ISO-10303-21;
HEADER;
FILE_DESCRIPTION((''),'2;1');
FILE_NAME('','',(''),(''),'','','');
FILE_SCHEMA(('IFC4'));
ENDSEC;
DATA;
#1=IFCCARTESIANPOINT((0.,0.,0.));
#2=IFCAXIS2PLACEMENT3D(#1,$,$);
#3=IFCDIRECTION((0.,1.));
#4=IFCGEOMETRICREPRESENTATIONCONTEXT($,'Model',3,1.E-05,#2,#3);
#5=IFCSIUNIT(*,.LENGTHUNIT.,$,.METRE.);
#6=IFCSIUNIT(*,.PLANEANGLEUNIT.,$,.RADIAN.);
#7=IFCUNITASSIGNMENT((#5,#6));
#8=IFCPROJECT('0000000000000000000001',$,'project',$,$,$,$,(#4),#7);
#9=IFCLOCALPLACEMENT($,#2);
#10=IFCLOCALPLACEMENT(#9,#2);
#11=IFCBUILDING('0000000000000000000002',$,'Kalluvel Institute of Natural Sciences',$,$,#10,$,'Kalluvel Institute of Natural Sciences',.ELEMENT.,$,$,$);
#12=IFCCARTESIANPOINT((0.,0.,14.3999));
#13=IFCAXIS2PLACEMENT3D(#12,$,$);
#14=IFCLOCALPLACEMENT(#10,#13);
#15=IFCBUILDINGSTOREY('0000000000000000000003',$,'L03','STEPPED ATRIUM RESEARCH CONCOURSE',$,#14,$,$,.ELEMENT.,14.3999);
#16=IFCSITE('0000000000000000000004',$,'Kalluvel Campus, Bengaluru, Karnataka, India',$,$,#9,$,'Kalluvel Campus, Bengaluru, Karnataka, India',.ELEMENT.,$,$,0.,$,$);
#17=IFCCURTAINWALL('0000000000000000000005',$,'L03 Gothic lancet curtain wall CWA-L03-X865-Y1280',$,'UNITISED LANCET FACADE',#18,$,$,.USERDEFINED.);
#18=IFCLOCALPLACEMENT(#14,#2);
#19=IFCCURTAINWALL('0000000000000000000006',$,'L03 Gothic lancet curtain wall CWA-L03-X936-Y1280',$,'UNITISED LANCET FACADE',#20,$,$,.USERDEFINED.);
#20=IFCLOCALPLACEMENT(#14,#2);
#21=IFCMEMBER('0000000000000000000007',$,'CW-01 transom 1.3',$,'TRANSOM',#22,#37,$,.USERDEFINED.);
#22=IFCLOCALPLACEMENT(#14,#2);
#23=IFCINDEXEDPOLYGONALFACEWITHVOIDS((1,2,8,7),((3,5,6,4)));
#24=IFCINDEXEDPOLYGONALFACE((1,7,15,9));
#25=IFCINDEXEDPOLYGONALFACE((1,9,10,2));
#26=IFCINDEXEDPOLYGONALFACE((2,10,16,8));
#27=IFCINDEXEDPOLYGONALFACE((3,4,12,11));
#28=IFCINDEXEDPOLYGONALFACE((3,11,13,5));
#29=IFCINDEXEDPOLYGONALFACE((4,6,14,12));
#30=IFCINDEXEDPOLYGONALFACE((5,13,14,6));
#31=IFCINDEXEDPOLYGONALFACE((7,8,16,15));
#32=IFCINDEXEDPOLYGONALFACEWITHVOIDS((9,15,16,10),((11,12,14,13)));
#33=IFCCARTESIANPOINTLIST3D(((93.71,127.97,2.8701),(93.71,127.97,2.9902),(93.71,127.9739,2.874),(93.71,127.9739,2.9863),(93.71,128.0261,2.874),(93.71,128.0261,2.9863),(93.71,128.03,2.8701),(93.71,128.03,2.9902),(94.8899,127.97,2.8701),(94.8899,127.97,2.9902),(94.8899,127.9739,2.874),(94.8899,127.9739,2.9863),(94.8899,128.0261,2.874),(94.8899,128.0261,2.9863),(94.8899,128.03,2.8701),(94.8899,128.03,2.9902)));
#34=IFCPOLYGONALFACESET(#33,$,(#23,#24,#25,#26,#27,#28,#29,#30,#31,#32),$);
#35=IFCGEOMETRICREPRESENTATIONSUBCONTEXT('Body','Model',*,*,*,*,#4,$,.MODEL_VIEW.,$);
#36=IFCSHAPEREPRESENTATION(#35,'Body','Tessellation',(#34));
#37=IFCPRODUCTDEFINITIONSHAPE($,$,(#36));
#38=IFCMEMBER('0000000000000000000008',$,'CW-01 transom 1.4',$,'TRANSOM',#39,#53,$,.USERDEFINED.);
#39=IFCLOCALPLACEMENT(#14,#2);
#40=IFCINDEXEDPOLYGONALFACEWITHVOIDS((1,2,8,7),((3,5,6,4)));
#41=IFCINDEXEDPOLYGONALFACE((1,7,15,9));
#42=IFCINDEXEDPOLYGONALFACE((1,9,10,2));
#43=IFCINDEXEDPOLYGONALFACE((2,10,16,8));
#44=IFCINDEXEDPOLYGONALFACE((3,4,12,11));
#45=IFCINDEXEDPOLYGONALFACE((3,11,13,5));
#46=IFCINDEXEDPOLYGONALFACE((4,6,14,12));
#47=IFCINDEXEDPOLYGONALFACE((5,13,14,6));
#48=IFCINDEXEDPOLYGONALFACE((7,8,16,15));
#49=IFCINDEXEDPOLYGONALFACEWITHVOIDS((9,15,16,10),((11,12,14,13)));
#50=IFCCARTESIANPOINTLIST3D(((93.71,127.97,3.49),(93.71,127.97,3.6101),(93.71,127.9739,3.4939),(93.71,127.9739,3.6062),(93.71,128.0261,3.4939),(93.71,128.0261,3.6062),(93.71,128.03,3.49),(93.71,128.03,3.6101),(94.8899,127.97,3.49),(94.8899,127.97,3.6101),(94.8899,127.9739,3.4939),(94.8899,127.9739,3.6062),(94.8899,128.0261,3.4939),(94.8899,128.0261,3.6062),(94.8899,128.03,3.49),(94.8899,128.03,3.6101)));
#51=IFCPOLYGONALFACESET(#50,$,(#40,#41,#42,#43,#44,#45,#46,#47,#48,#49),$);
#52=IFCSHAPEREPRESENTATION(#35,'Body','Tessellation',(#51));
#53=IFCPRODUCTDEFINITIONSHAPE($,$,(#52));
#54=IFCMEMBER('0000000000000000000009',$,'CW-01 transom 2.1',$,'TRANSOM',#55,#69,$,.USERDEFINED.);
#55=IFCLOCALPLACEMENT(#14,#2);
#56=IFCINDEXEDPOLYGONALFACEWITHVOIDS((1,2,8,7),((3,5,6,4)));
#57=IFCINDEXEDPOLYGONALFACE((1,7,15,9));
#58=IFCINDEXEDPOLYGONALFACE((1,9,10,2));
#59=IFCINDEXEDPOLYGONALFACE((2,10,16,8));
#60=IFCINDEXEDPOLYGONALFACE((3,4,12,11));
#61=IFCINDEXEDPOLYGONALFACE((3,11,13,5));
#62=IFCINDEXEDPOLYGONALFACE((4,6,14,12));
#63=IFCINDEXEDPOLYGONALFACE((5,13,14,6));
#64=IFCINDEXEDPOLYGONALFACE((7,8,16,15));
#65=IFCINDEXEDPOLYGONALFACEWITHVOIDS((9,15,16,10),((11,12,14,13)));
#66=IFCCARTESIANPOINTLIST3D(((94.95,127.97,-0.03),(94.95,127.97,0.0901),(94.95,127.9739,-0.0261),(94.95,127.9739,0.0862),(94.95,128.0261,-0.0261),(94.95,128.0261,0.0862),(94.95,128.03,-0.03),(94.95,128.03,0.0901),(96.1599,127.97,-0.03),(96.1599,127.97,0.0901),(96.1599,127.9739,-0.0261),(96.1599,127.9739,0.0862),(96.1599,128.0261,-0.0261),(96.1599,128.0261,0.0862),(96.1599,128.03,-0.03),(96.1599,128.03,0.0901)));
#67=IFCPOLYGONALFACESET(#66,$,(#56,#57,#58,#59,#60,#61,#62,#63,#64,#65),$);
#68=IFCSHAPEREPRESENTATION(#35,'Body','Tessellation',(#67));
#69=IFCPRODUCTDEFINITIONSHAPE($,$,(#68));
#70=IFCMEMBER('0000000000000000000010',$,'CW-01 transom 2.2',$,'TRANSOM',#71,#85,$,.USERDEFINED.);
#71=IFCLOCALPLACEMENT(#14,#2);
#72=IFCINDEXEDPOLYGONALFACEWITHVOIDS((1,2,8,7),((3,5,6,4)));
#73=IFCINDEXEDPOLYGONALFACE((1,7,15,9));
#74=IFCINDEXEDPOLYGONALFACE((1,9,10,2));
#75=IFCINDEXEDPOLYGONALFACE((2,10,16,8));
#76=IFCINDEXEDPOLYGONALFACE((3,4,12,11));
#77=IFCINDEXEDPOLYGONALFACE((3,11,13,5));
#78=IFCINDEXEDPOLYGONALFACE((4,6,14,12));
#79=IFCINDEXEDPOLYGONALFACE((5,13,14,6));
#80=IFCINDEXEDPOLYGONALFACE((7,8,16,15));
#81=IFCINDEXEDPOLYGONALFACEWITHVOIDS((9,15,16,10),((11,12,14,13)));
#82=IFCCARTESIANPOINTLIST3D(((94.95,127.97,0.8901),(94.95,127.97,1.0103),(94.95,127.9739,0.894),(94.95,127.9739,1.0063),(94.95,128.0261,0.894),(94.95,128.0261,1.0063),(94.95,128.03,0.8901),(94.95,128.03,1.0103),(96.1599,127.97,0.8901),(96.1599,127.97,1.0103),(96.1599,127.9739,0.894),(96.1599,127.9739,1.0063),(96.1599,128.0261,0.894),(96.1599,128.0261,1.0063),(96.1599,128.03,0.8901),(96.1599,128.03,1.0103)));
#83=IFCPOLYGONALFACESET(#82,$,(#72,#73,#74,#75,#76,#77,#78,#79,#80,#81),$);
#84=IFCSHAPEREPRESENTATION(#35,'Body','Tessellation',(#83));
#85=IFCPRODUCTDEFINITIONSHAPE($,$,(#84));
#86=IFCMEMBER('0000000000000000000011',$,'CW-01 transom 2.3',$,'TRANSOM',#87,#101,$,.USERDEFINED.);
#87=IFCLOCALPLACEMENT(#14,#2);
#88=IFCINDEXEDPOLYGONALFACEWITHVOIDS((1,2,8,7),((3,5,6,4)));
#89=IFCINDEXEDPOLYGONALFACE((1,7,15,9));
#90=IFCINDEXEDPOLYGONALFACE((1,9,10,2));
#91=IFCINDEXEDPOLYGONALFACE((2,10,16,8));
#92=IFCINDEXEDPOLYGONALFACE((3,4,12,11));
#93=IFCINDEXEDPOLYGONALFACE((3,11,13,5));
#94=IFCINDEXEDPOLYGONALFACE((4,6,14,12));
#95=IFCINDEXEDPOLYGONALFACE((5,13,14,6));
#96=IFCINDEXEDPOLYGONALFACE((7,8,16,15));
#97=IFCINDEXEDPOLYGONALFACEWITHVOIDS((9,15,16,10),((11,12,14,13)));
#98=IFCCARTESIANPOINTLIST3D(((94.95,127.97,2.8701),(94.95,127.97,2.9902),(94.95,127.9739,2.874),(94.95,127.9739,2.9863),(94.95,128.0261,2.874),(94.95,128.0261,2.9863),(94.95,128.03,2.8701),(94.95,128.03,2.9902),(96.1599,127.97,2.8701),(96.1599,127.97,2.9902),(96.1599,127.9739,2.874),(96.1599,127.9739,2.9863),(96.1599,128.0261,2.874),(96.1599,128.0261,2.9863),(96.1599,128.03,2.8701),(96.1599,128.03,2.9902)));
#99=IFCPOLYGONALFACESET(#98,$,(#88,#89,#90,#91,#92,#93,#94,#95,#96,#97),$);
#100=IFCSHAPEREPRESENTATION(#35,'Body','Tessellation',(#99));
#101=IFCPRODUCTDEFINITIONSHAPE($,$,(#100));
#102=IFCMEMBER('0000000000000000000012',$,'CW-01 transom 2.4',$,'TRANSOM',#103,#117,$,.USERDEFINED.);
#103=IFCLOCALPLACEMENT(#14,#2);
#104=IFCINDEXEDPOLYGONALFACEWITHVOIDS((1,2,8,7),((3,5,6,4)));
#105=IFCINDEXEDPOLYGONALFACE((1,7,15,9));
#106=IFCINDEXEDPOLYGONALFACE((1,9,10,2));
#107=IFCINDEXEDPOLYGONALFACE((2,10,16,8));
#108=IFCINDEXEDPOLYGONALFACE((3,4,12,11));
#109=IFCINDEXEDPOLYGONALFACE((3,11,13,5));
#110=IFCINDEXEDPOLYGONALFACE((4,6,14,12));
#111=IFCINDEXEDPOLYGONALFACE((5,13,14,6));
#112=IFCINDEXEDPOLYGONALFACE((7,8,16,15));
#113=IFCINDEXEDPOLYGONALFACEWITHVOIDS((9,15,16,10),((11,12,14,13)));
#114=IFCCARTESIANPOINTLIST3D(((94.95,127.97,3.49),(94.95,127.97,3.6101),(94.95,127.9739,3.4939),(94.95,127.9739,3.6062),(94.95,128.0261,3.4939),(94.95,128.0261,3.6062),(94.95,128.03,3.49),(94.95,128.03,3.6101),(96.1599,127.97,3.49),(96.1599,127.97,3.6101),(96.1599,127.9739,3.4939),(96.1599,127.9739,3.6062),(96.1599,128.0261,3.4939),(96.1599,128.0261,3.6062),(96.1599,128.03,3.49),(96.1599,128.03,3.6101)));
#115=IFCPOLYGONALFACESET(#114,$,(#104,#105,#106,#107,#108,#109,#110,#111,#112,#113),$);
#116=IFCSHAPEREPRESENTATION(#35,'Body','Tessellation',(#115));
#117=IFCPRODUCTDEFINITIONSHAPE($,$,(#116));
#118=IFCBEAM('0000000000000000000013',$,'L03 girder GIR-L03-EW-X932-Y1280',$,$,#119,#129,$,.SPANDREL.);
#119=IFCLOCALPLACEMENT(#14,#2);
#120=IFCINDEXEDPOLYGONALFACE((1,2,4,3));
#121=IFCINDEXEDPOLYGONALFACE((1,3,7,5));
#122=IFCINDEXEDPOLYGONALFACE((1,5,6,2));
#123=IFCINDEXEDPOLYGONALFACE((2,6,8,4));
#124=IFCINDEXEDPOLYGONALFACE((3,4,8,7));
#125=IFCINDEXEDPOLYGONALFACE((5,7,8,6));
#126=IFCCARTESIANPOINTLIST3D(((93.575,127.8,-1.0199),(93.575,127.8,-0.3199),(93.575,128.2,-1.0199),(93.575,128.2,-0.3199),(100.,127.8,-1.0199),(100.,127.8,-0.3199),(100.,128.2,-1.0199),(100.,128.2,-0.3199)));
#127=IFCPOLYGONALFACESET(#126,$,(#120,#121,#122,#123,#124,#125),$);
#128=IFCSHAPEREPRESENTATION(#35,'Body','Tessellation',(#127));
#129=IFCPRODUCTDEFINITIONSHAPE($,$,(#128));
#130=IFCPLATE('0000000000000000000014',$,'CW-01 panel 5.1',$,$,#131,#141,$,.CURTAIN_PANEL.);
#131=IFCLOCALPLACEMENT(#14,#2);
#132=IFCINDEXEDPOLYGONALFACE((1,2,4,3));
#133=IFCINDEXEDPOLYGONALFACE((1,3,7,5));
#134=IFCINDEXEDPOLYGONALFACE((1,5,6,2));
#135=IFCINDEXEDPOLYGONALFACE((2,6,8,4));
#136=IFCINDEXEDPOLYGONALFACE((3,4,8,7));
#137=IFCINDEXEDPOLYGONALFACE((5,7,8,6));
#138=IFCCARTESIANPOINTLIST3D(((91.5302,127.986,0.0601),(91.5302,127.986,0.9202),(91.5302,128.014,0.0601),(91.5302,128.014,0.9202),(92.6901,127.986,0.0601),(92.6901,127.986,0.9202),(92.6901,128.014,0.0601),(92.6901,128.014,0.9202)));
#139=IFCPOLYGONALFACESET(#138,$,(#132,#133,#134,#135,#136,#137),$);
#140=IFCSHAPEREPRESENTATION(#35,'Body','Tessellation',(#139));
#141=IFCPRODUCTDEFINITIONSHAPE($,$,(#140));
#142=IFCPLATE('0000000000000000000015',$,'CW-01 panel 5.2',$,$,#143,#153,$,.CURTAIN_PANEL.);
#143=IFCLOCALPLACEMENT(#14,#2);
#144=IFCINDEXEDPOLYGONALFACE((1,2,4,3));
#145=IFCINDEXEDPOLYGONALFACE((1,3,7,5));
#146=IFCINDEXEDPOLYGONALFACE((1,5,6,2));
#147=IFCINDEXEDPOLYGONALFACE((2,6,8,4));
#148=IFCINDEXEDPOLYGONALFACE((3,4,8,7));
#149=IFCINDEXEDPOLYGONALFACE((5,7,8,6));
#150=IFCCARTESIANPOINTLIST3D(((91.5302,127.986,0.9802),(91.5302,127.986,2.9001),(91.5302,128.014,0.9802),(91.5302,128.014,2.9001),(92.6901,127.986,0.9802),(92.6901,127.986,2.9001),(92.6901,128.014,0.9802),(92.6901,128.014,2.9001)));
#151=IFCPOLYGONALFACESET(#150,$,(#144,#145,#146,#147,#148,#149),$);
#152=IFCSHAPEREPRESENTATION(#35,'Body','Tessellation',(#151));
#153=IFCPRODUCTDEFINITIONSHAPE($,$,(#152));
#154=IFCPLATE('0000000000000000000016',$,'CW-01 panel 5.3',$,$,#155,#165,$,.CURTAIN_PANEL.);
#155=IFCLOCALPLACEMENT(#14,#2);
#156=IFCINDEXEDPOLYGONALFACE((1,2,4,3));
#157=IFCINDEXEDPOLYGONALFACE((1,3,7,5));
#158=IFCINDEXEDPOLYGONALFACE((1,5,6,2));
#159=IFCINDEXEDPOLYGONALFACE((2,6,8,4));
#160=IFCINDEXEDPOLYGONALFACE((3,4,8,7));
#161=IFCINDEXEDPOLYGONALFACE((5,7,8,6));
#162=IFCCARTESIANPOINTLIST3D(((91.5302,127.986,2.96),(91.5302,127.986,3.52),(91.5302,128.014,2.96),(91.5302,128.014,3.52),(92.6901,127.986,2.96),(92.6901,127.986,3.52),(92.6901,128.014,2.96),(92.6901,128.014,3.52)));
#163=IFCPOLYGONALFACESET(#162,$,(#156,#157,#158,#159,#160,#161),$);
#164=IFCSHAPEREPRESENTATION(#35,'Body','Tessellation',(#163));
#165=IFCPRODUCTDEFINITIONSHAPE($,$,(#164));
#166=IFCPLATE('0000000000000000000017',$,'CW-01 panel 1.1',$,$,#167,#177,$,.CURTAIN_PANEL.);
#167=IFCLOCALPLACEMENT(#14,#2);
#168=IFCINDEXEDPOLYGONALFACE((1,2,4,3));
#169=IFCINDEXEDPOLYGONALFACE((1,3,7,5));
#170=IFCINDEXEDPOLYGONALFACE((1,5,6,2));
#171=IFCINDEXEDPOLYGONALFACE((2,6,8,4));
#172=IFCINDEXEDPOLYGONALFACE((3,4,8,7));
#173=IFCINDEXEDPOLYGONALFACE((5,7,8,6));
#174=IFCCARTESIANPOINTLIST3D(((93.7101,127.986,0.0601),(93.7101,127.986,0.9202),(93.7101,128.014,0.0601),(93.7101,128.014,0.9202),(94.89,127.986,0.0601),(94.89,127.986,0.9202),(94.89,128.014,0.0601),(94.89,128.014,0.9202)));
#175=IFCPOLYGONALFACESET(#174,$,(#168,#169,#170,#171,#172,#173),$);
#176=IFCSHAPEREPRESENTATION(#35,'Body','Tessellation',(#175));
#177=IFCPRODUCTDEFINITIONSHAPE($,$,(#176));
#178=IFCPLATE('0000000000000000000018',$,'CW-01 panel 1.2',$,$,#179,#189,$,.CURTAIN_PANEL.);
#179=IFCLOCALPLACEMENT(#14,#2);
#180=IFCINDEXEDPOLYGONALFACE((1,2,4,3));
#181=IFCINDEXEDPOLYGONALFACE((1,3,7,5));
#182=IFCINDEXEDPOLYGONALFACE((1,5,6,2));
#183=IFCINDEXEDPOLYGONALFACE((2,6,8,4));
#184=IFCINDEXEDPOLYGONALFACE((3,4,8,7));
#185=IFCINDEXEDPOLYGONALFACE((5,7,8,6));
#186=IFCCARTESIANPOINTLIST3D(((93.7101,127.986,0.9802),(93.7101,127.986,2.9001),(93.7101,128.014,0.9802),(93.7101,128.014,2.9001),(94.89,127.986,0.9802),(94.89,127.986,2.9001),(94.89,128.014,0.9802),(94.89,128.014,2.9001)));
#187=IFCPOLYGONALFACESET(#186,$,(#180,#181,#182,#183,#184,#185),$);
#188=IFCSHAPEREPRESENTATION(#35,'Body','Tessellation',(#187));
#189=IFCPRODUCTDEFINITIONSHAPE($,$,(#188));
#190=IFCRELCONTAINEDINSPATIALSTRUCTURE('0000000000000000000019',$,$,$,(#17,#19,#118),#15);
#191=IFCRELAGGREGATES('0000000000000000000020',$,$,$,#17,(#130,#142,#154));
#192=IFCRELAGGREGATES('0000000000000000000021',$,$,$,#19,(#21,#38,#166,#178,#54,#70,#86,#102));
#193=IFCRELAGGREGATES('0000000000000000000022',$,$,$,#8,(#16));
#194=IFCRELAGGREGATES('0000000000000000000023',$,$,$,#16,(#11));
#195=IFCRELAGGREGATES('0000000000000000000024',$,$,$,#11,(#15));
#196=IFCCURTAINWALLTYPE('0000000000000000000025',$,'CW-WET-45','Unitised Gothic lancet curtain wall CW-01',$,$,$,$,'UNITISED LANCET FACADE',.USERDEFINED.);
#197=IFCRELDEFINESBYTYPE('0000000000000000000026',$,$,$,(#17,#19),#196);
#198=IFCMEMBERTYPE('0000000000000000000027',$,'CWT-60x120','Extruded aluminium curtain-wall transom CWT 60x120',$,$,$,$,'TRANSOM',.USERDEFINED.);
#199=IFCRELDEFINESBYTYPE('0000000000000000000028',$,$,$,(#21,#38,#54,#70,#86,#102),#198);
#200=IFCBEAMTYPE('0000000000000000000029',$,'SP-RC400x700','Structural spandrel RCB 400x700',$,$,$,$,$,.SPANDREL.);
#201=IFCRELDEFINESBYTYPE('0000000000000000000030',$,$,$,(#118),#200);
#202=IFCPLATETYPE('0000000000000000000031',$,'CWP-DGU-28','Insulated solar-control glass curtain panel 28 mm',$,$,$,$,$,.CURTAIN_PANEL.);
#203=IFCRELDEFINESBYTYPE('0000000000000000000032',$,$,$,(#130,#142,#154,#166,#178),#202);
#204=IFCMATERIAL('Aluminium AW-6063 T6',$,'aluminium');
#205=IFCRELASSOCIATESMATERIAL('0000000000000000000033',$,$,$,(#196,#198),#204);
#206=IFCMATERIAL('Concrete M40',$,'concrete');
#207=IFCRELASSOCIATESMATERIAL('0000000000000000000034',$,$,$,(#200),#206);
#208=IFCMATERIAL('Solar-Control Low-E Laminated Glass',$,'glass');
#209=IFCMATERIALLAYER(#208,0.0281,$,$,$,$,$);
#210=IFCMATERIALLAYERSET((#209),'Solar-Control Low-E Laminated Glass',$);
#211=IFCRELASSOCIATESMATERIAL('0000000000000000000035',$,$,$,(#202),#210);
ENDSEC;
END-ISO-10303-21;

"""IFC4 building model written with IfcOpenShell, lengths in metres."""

from ifc_helpers import new_model, si_unit, direction, frame, origin, origin_2d, place, context, subcontext, project, spatial, rectangle, hollow_rectangle, extrude, material, layer, layer_set, material_profile, profile_set, type_object, element, aggregate, save


model = new_model("IFC4")

# Units and contexts
model_context = context("Model", 3, precision=1e-05, world=origin(), true_north=direction((0.0, 1.0)))
body_context = subcontext(model_context, "Body", "Model", "MODEL_VIEW")
ifc_project = project(units=[si_unit("LENGTHUNIT", "METRE"), si_unit("PLANEANGLEUNIT", "RADIAN")], contexts=[model_context])

# Site, building, storey
site_placement = place(None, origin())
site = spatial("IfcSite", under=ifc_project, at=site_placement, Name="Kalluvel Campus, Bengaluru, Karnataka, India", LongName="Kalluvel Campus, Bengaluru, Karnataka, India", CompositionType="ELEMENT", RefElevation=0.0)
building_placement = place(site_placement, origin())
building = spatial("IfcBuilding", under=site, at=building_placement, Name="Kalluvel Institute of Natural Sciences", LongName="Kalluvel Institute of Natural Sciences", CompositionType="ELEMENT")
storey_placement = place(building_placement, frame((0.0, 0.0, 14.3999)))
storey = spatial("IfcBuildingStorey", under=building, at=storey_placement, Name="L03", Description="STEPPED ATRIUM RESEARCH CONCOURSE", CompositionType="ELEMENT", Elevation=14.3999)

# Curtain walls
ifc_material_1 = material(Name="Aluminium AW-6063 T6", Category="aluminium")
curtain_wall_type = type_object("IfcCurtainWallType", Name="CW-WET-45", Description="Unitised Gothic lancet curtain wall CW-01", ElementType="UNITISED LANCET FACADE", PredefinedType="USERDEFINED", material=ifc_material_1)
curtain_wall_1_placement = place(storey_placement, origin())
curtain_wall_1 = element("IfcCurtainWall", 1, at=curtain_wall_1_placement, inside=storey, type_object=curtain_wall_type, Name="L03 Gothic lancet curtain wall CWA-L03-X865-Y1280", ObjectType="UNITISED LANCET FACADE", PredefinedType="USERDEFINED")
curtain_wall_2_placement = place(storey_placement, origin())
curtain_wall_2 = element("IfcCurtainWall", 2, at=curtain_wall_2_placement, inside=storey, type_object=curtain_wall_type, Name="L03 Gothic lancet curtain wall CWA-L03-X936-Y1280", ObjectType="UNITISED LANCET FACADE", PredefinedType="USERDEFINED")

# Members
ifc_material_profile_1 = material_profile(ifc_material_1, hollow_rectangle(XDim=0.0601, YDim=0.1201, WallThickness=0.0039, at=origin_2d()), Name="CWT 60x120")
ifc_profile_set_1 = profile_set([ifc_material_profile_1], Name="Aluminium AW-6063 T6")
member_type_1 = type_object("IfcMemberType", Name="CWT-60x120", Description="Extruded aluminium curtain-wall transom CWT 60x120", ElementType="TRANSOM", PredefinedType="USERDEFINED", material=ifc_profile_set_1)
member_1_placement = place(storey_placement, frame((93.71, 128.0, 2.9302), z_axis=(1.0, 0.0, 0.0), x_axis=(0.0, 1.0, 0.0)))
member_1 = element("IfcMember", 3, at=member_1_placement, type_object=member_type_1, Name="CW-01 transom 1.3", ObjectType="TRANSOM", PredefinedType="USERDEFINED", context=body_context, shape_type="SweptSolid", body=[
    extrude(hollow_rectangle(XDim=0.0601, YDim=0.1201, WallThickness=0.0039, at=origin_2d()), origin(), (0.0, 0.0, 1.0), 1.1799),
])
member_2_placement = place(storey_placement, frame((93.71, 128.0, 3.55), z_axis=(1.0, 0.0, 0.0), x_axis=(0.0, 1.0, 0.0)))
member_2 = element("IfcMember", 4, at=member_2_placement, type_object=member_type_1, Name="CW-01 transom 1.4", ObjectType="TRANSOM", PredefinedType="USERDEFINED", context=body_context, shape_type="SweptSolid", body=[
    extrude(hollow_rectangle(XDim=0.0601, YDim=0.1201, WallThickness=0.0039, at=origin_2d()), origin(), (0.0, 0.0, 1.0), 1.1799),
])
member_3_placement = place(storey_placement, frame((94.95, 128.0, 0.03), z_axis=(1.0, 0.0, 0.0), x_axis=(0.0, 1.0, 0.0)))
member_3 = element("IfcMember", 5, at=member_3_placement, type_object=member_type_1, Name="CW-01 transom 2.1", ObjectType="TRANSOM", PredefinedType="USERDEFINED", context=body_context, shape_type="SweptSolid", body=[
    extrude(hollow_rectangle(XDim=0.0601, YDim=0.1201, WallThickness=0.0039, at=origin_2d()), origin(), (0.0, 0.0, 1.0), 1.21),
])
member_4_placement = place(storey_placement, frame((94.95, 128.0, 0.9502), z_axis=(1.0, 0.0, 0.0), x_axis=(0.0, 1.0, 0.0)))
member_4 = element("IfcMember", 6, at=member_4_placement, type_object=member_type_1, Name="CW-01 transom 2.2", ObjectType="TRANSOM", PredefinedType="USERDEFINED", context=body_context, shape_type="SweptSolid", body=[
    extrude(hollow_rectangle(XDim=0.0601, YDim=0.1201, WallThickness=0.0039, at=origin_2d()), origin(), (0.0, 0.0, 1.0), 1.21),
])
member_5_placement = place(storey_placement, frame((94.95, 128.0, 2.9302), z_axis=(1.0, 0.0, 0.0), x_axis=(0.0, 1.0, 0.0)))
member_5 = element("IfcMember", 7, at=member_5_placement, type_object=member_type_1, Name="CW-01 transom 2.3", ObjectType="TRANSOM", PredefinedType="USERDEFINED", context=body_context, shape_type="SweptSolid", body=[
    extrude(hollow_rectangle(XDim=0.0601, YDim=0.1201, WallThickness=0.0039, at=origin_2d()), origin(), (0.0, 0.0, 1.0), 1.21),
])
member_6_placement = place(storey_placement, frame((94.95, 128.0, 3.55), z_axis=(1.0, 0.0, 0.0), x_axis=(0.0, 1.0, 0.0)))
member_6 = element("IfcMember", 8, at=member_6_placement, type_object=member_type_1, Name="CW-01 transom 2.4", ObjectType="TRANSOM", PredefinedType="USERDEFINED", context=body_context, shape_type="SweptSolid", body=[
    extrude(hollow_rectangle(XDim=0.0601, YDim=0.1201, WallThickness=0.0039, at=origin_2d()), origin(), (0.0, 0.0, 1.0), 1.21),
])

# Beam
ifc_material_2 = material(Name="Concrete M40", Category="concrete")
ifc_material_profile_2 = material_profile(ifc_material_2, rectangle(XDim=0.3999, YDim=0.7, at=origin_2d()), Name="RCB 400x700")
ifc_profile_set_2 = profile_set([ifc_material_profile_2], Name="Concrete M40")
beam_type = type_object("IfcBeamType", Name="SP-RC400x700", Description="Structural spandrel RCB 400x700", PredefinedType="SPANDREL", material=ifc_profile_set_2)
beam_placement = place(storey_placement, frame((93.575, 128.0, -0.6699), z_axis=(1.0, 0.0, 0.0), x_axis=(0.0, 1.0, 0.0)))
element("IfcBeam", 9, at=beam_placement, inside=storey, type_object=beam_type, Name="L03 girder GIR-L03-EW-X932-Y1280", PredefinedType="SPANDREL", context=body_context, shape_type="SweptSolid", body=[
    extrude(rectangle(XDim=0.3999, YDim=0.7, at=origin_2d()), origin(), (0.0, 0.0, 1.0), 6.425),
])

# Plates
ifc_material_3 = material(Name="Solar-Control Low-E Laminated Glass", Category="glass")
ifc_layer = layer(ifc_material_3, 0.0281)
ifc_layer_set = layer_set([ifc_layer], Name="Solar-Control Low-E Laminated Glass")
plate_type = type_object("IfcPlateType", Name="CWP-DGU-28", Description="Insulated solar-control glass curtain panel 28 mm", PredefinedType="CURTAIN_PANEL", material=ifc_layer_set)
plate_1_placement = place(storey_placement, frame((92.1101, 128.0, 0.0601), z_axis=(0.0, 0.0, 1.0), x_axis=(1.0, 0.0, 0.0)))
plate_1 = element("IfcPlate", 10, at=plate_1_placement, type_object=plate_type, Name="CW-01 panel 5.1", PredefinedType="CURTAIN_PANEL", context=body_context, shape_type="SweptSolid", body=[
    extrude(rectangle(XDim=1.1599, YDim=0.0281, at=origin_2d()), origin(), (0.0, 0.0, 1.0), 0.8601),
])
plate_2_placement = place(storey_placement, frame((92.1101, 128.0, 0.9802), z_axis=(0.0, 0.0, 1.0), x_axis=(1.0, 0.0, 0.0)))
plate_2 = element("IfcPlate", 11, at=plate_2_placement, type_object=plate_type, Name="CW-01 panel 5.2", PredefinedType="CURTAIN_PANEL", context=body_context, shape_type="SweptSolid", body=[
    extrude(rectangle(XDim=1.1599, YDim=0.0281, at=origin_2d()), origin(), (0.0, 0.0, 1.0), 1.9199),
])
plate_3_placement = place(storey_placement, frame((92.1101, 128.0, 2.96), z_axis=(0.0, 0.0, 1.0), x_axis=(1.0, 0.0, 0.0)))
plate_3 = element("IfcPlate", 12, at=plate_3_placement, type_object=plate_type, Name="CW-01 panel 5.3", PredefinedType="CURTAIN_PANEL", context=body_context, shape_type="SweptSolid", body=[
    extrude(rectangle(XDim=1.1599, YDim=0.0281, at=origin_2d()), origin(), (0.0, 0.0, 1.0), 0.5601),
])
aggregate(curtain_wall_1, [plate_1, plate_2, plate_3])
plate_4_placement = place(storey_placement, frame((94.3, 128.0, 0.0601), z_axis=(0.0, 0.0, 1.0), x_axis=(1.0, 0.0, 0.0)))
plate_4 = element("IfcPlate", 13, at=plate_4_placement, type_object=plate_type, Name="CW-01 panel 1.1", PredefinedType="CURTAIN_PANEL", context=body_context, shape_type="SweptSolid", body=[
    extrude(rectangle(XDim=1.1799, YDim=0.0281, at=origin_2d()), origin(), (0.0, 0.0, 1.0), 0.8601),
])
plate_5_placement = place(storey_placement, frame((94.3, 128.0, 0.9802), z_axis=(0.0, 0.0, 1.0), x_axis=(1.0, 0.0, 0.0)))
plate_5 = element("IfcPlate", 14, at=plate_5_placement, type_object=plate_type, Name="CW-01 panel 1.2", PredefinedType="CURTAIN_PANEL", context=body_context, shape_type="SweptSolid", body=[
    extrude(rectangle(XDim=1.1799, YDim=0.0281, at=origin_2d()), origin(), (0.0, 0.0, 1.0), 1.9199),
])
aggregate(curtain_wall_2, [member_1, member_2, plate_4, plate_5, member_3, member_4, member_5, member_6])

save(model, "model.ifc")
